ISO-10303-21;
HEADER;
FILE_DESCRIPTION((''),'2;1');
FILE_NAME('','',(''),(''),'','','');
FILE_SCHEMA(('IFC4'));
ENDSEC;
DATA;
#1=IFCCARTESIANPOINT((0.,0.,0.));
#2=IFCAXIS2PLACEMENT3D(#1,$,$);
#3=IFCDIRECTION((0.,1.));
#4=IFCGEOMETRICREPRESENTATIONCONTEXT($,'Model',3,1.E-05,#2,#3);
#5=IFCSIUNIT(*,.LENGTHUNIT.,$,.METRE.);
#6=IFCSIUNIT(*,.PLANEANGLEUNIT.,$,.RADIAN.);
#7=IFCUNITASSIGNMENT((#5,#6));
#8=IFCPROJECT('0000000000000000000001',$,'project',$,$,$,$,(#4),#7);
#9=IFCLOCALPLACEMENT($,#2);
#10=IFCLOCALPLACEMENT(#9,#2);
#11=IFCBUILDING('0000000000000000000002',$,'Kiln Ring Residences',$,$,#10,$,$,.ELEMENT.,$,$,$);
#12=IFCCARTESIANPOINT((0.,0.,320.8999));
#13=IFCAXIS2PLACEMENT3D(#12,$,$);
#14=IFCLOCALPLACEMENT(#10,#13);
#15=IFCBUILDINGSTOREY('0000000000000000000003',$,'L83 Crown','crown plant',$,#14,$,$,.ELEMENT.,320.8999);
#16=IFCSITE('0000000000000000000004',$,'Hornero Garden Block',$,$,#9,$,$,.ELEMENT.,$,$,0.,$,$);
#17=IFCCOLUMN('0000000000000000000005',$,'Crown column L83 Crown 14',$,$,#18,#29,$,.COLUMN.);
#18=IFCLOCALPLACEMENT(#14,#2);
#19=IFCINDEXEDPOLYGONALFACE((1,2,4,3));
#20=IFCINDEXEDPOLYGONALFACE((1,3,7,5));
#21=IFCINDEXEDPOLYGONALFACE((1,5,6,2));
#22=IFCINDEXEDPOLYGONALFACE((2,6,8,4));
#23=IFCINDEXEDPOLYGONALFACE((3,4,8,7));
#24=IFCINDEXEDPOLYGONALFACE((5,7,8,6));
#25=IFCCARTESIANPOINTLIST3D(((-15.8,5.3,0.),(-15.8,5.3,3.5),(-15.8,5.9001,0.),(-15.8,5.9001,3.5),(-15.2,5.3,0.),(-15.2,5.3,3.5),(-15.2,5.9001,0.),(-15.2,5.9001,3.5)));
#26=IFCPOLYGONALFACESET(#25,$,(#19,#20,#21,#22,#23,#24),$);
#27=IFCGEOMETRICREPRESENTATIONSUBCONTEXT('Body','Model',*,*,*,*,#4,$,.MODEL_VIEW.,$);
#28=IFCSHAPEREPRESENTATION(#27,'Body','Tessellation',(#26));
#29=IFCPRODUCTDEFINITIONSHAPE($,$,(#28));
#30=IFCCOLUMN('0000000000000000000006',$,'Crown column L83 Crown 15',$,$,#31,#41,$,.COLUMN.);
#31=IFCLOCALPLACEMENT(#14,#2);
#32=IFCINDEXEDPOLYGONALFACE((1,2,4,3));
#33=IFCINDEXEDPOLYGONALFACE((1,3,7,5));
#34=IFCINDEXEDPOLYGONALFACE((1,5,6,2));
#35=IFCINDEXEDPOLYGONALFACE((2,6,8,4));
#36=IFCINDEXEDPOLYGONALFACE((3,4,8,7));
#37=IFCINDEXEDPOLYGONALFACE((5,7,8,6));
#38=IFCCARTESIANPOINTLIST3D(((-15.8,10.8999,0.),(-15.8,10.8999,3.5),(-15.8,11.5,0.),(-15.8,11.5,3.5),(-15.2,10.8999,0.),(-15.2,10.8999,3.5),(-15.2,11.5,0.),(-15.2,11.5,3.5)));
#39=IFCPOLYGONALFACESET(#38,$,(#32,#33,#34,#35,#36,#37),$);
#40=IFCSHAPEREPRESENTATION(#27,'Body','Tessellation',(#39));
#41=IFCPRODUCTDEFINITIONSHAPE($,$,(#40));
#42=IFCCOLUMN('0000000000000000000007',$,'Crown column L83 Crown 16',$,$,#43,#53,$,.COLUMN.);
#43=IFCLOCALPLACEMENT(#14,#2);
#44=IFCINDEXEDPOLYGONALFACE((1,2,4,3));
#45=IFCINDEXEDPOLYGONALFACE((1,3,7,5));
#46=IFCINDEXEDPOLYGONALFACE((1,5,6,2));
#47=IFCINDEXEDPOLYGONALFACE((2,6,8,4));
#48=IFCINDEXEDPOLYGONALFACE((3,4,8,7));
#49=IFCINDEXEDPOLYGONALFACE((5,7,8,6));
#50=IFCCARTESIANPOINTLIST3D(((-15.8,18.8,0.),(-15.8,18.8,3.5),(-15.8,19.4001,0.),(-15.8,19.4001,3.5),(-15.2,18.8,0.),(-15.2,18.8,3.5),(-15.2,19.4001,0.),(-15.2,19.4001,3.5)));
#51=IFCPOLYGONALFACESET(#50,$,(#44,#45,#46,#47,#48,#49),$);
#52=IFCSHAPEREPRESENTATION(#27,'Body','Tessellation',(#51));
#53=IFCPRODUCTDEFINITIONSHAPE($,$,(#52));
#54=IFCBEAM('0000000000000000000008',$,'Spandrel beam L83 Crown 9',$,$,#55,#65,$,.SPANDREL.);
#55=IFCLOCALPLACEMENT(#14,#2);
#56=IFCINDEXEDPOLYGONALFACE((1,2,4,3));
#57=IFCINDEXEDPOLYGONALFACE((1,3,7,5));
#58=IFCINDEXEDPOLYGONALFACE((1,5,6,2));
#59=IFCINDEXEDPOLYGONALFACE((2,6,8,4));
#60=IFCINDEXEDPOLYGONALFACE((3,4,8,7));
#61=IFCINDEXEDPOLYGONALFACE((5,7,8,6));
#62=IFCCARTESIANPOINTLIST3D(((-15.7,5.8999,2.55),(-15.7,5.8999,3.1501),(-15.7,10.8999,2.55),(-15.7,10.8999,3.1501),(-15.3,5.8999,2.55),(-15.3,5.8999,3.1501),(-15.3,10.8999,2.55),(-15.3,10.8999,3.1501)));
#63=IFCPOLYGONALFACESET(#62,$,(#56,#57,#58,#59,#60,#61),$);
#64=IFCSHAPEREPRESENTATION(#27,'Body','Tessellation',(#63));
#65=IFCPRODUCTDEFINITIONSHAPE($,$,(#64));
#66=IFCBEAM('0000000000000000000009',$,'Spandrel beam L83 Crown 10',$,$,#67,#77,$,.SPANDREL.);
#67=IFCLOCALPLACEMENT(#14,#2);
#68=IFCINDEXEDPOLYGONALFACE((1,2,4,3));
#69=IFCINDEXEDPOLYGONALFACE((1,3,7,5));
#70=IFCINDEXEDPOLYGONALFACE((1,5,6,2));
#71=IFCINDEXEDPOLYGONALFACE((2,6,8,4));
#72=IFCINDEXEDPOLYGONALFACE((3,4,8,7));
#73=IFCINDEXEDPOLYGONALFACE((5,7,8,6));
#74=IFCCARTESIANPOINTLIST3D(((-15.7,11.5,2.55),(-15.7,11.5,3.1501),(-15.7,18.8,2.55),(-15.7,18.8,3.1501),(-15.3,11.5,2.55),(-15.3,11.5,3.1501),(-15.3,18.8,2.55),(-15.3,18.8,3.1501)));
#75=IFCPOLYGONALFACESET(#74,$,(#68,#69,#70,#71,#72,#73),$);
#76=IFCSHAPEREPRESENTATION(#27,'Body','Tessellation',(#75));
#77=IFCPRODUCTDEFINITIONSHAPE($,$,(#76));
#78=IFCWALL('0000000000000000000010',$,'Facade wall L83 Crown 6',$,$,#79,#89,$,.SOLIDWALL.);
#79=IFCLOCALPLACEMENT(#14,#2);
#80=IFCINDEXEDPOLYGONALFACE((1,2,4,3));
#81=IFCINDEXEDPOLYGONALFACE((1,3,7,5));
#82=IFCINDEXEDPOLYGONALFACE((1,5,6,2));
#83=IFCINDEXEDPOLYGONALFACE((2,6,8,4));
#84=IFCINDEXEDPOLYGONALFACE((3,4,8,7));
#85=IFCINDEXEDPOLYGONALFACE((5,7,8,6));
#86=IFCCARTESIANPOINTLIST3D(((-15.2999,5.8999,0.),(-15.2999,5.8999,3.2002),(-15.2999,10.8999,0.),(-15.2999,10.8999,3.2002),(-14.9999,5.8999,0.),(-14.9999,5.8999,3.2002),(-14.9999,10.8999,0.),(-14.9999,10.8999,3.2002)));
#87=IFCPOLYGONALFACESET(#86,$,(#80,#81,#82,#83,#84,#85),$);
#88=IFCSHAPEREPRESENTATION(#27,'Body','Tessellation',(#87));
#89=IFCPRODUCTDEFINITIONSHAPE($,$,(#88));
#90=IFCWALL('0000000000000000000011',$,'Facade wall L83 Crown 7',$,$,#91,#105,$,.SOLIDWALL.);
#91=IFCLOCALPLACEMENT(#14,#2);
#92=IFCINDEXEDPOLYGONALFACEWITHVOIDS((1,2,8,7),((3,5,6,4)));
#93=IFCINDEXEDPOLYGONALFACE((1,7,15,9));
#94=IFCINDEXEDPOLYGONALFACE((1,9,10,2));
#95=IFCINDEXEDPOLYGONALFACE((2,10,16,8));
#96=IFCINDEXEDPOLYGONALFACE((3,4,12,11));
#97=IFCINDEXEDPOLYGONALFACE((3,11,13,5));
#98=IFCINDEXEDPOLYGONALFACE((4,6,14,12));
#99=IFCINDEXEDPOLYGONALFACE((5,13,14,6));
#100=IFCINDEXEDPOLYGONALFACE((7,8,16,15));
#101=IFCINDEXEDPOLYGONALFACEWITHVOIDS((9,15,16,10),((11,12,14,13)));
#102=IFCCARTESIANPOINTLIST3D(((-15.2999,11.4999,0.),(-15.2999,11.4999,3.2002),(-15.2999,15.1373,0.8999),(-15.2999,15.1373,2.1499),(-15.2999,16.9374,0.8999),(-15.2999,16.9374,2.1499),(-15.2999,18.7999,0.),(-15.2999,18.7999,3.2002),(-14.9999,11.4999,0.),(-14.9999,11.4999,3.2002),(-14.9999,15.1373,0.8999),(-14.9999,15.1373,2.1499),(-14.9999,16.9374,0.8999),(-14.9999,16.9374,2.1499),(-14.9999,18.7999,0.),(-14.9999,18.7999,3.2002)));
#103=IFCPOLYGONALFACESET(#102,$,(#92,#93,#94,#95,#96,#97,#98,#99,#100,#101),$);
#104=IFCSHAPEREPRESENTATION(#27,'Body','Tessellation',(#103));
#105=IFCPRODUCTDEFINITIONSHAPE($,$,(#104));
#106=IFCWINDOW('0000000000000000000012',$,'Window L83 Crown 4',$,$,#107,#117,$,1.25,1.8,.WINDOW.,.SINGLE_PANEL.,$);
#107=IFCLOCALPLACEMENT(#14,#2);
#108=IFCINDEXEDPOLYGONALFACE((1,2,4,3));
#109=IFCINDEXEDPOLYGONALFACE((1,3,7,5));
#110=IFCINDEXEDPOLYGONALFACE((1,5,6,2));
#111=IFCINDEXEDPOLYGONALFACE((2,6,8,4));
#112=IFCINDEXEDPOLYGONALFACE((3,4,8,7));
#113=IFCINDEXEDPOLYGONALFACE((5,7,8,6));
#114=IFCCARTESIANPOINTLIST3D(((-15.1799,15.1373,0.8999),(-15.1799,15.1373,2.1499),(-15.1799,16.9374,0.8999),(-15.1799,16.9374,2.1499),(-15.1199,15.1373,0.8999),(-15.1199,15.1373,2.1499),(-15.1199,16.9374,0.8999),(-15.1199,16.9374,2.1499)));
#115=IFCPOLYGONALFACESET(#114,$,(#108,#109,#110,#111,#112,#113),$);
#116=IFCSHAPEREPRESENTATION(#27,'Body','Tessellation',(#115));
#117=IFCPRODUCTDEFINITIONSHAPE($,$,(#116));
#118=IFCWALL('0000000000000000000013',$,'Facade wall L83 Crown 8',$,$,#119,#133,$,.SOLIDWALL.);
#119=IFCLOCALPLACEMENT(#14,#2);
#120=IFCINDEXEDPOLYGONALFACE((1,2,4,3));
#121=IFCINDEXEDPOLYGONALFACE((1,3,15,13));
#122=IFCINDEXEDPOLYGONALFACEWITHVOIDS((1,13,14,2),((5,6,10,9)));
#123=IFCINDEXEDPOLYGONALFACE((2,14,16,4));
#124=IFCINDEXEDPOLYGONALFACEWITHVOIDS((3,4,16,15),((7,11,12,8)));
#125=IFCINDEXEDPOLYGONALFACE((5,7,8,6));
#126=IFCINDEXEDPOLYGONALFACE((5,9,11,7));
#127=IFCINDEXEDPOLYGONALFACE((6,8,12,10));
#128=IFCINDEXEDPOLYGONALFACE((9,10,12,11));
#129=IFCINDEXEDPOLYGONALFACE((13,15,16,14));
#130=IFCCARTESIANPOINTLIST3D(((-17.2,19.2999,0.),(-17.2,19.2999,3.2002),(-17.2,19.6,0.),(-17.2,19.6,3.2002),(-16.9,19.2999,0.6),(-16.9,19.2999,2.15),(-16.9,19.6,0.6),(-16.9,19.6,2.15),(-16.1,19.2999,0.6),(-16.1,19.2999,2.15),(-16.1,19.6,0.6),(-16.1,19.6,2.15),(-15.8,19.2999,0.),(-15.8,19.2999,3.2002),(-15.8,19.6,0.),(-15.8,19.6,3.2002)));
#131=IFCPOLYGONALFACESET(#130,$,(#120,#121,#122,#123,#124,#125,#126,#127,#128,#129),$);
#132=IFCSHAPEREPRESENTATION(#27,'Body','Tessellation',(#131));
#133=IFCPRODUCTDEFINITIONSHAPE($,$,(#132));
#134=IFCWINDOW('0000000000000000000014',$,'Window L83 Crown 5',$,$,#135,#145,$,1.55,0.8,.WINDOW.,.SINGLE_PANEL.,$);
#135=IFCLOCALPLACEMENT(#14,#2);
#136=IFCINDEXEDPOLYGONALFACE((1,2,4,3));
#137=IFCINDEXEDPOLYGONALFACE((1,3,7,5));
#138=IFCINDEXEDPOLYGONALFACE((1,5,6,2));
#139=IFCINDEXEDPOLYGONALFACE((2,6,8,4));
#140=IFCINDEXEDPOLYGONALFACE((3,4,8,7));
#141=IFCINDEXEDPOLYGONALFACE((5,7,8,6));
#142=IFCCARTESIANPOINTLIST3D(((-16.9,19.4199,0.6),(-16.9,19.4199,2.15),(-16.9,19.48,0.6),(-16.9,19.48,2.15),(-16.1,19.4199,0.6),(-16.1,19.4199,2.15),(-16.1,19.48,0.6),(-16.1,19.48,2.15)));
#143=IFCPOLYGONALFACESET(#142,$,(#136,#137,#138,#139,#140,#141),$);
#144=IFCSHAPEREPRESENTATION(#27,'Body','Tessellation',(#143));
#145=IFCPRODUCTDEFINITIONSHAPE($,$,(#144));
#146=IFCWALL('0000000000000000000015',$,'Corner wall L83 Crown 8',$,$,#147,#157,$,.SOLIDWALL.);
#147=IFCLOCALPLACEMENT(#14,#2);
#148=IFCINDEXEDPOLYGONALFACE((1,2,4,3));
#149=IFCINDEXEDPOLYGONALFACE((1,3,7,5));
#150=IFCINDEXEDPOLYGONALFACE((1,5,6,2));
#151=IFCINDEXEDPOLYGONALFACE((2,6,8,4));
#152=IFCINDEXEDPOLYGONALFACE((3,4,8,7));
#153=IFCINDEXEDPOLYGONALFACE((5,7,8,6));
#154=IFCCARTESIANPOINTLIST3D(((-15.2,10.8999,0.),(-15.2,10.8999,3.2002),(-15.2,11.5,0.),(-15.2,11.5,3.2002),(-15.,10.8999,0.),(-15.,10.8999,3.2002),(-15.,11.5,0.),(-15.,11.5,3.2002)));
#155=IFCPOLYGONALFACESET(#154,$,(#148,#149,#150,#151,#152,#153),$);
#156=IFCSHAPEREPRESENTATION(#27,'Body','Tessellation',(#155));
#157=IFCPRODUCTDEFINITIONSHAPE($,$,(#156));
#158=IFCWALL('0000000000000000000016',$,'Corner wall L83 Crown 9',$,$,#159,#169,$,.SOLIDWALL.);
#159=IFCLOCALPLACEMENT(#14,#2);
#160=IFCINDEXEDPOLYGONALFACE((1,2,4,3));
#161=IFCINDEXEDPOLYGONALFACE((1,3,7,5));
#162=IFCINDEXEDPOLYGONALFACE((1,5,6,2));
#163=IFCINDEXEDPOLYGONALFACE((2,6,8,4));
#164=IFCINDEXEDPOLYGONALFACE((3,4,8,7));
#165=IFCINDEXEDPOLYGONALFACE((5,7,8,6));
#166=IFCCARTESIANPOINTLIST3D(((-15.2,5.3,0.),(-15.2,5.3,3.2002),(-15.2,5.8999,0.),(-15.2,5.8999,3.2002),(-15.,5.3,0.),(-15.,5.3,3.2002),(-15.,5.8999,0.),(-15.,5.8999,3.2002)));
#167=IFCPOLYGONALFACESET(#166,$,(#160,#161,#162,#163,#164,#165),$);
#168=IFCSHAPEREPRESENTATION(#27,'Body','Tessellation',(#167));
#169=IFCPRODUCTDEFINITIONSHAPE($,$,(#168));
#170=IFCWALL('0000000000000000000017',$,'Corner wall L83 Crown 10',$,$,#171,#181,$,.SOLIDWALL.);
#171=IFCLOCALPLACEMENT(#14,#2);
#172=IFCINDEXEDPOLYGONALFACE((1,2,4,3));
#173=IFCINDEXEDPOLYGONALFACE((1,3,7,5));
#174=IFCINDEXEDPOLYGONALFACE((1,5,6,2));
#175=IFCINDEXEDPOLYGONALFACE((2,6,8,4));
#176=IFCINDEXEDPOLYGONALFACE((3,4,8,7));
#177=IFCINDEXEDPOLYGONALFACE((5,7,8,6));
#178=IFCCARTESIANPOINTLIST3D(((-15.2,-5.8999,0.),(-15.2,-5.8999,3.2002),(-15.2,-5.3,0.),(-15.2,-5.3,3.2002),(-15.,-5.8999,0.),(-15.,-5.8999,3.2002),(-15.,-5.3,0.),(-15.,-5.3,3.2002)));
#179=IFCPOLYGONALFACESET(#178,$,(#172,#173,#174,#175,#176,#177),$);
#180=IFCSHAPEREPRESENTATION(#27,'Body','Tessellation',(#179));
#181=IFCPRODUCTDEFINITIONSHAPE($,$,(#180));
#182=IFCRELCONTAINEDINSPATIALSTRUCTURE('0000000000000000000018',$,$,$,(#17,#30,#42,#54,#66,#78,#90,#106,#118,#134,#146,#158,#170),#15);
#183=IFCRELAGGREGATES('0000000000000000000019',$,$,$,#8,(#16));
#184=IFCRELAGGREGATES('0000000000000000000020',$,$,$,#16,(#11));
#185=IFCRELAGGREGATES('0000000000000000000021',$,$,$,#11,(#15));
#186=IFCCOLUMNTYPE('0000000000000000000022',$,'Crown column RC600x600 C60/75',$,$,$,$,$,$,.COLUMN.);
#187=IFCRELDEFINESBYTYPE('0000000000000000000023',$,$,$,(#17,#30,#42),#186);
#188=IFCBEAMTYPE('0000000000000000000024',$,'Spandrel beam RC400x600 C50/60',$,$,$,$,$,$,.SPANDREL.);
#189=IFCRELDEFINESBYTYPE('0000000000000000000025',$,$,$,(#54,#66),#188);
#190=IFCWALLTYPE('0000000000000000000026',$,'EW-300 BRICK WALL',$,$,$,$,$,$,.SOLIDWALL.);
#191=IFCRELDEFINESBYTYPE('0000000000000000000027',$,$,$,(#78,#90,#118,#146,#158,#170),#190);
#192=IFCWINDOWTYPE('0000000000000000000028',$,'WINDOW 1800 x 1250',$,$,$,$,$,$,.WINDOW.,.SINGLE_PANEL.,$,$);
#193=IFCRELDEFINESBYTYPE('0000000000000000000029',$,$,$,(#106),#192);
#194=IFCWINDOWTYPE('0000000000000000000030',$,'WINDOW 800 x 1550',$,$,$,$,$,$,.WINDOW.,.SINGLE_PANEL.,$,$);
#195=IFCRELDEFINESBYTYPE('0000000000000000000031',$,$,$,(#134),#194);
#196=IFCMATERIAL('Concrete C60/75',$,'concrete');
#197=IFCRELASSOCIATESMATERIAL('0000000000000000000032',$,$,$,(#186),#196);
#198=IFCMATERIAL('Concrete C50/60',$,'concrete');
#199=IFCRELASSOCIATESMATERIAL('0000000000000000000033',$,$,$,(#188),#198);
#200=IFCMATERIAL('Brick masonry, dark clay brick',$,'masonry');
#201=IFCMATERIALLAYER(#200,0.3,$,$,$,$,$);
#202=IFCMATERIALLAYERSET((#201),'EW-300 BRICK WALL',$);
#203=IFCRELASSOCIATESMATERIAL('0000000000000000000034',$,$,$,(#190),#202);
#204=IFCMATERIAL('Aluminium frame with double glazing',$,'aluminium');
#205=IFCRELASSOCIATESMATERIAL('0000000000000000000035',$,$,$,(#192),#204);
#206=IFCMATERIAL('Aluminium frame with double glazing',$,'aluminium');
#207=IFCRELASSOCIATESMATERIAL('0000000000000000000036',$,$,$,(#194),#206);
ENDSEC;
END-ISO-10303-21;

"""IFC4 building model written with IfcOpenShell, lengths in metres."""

from ifc_helpers import new_model, si_unit, direction, frame, frame_2d, origin, origin_2d, place, context, subcontext, project, spatial, polyline, rectangle, outline, extrude, material, layer, layer_set, material_profile, profile_set, type_object, element, fill, save


model = new_model("IFC4")

# Units and contexts
model_context = context("Model", 3, precision=1e-05, world=origin(), true_north=direction((0.0, 1.0)))
body_context = subcontext(model_context, "Body", "Model", "MODEL_VIEW")
ifc_project = project(units=[si_unit("LENGTHUNIT", "METRE"), si_unit("PLANEANGLEUNIT", "RADIAN")], contexts=[model_context])

# Site, building, storey
site_placement = place(None, origin())
site = spatial("IfcSite", under=ifc_project, at=site_placement, Name="Hornero Garden Block", CompositionType="ELEMENT", RefElevation=0.0)
building_placement = place(site_placement, origin())
building = spatial("IfcBuilding", under=site, at=building_placement, Name="Kiln Ring Residences", CompositionType="ELEMENT")
storey_placement = place(building_placement, frame((0.0, 0.0, 320.8999)))
storey = spatial("IfcBuildingStorey", under=building, at=storey_placement, Name="L83 Crown", Description="crown plant", CompositionType="ELEMENT", Elevation=320.8999)

# Columns
ifc_material_1 = material(Name="Concrete C60/75", Category="concrete")
ifc_material_profile_1 = material_profile(ifc_material_1, rectangle(XDim=0.6001, YDim=0.6001, at=origin_2d()), Name="RC600x600")
ifc_profile_set_1 = profile_set([ifc_material_profile_1], Name="Concrete C60/75")
column_type = type_object("IfcColumnType", Name="Crown column RC600x600 C60/75", PredefinedType="COLUMN", material=ifc_profile_set_1)
for number, where, z_axis, x_axis, name in (
    (1, (-15.5, 5.6001, 0.0), (0.0, 0.0, 1.0), (1.0, 0.0, 0.0), "Crown column L83 Crown 14"),
    (2, (-15.5, 11.2, 0.0), (0.0, 0.0, 1.0), (1.0, 0.0, 0.0), "Crown column L83 Crown 15"),
    (3, (-15.5, 19.1001, 0.0), (0.0, 0.0, 1.0), (1.0, 0.0, 0.0), "Crown column L83 Crown 16"),
):
    element("IfcColumn", number, at=place(storey_placement, frame(where, z_axis=z_axis, x_axis=x_axis)), inside=storey, type_object=column_type, Name=name, PredefinedType="COLUMN", context=body_context, shape_type="SweptSolid", body=[
        extrude(rectangle(XDim=0.6001, YDim=0.6001, at=origin_2d()), origin(), (0.0, 0.0, 1.0), 3.5),
    ])

# Beams
ifc_material_2 = material(Name="Concrete C50/60", Category="concrete")
ifc_material_profile_2 = material_profile(ifc_material_2, rectangle(XDim=0.3999, YDim=0.6001, at=origin_2d()), Name="RC400x600")
ifc_profile_set_2 = profile_set([ifc_material_profile_2], Name="Concrete C50/60")
beam_type = type_object("IfcBeamType", Name="Spandrel beam RC400x600 C50/60", PredefinedType="SPANDREL", material=ifc_profile_set_2)
beam_1_placement = place(storey_placement, frame((-15.5, 5.8999, 2.8501), z_axis=(0.0, 1.0, 0.0), x_axis=(-1.0, 0.0, 0.0)))
element("IfcBeam", 4, at=beam_1_placement, inside=storey, type_object=beam_type, Name="Spandrel beam L83 Crown 9", PredefinedType="SPANDREL", context=body_context, shape_type="SweptSolid", body=[
    extrude(rectangle(XDim=0.3999, YDim=0.6001, at=origin_2d()), origin(), (0.0, 0.0, 1.0), 5.0),
])
beam_2_placement = place(storey_placement, frame((-15.5, 11.5, 2.8501), z_axis=(0.0, 1.0, 0.0), x_axis=(-1.0, 0.0, 0.0)))
element("IfcBeam", 5, at=beam_2_placement, inside=storey, type_object=beam_type, Name="Spandrel beam L83 Crown 10", PredefinedType="SPANDREL", context=body_context, shape_type="SweptSolid", body=[
    extrude(rectangle(XDim=0.3999, YDim=0.6001, at=origin_2d()), origin(), (0.0, 0.0, 1.0), 7.3),
])

# Wall
ifc_material_3 = material(Name="Brick masonry, dark clay brick", Category="masonry")
ifc_layer_1 = layer(ifc_material_3, 0.3)
ifc_layer_set_1 = layer_set([ifc_layer_1], Name="EW-300 BRICK WALL")
wall_type = type_object("IfcWallType", Name="EW-300 BRICK WALL", PredefinedType="SOLIDWALL", material=ifc_layer_set_1)
wall_1_placement = place(storey_placement, frame((-15.1499, 5.8999, 0.0), z_axis=(0.0, 0.0, 1.0), x_axis=(0.0, 1.0, 0.0)))
element("IfcWall", 6, at=wall_1_placement, inside=storey, type_object=wall_type, Name="Facade wall L83 Crown 6", PredefinedType="SOLIDWALL", context=body_context, shape_type="SweptSolid", body=[
    extrude(rectangle(XDim=5.0, YDim=0.3, at=frame_2d((2.5, 0.0))), origin(), (0.0, 0.0, 1.0), 3.2002),
])

# Walls, openings, windows
wall_2_placement = place(storey_placement, frame((-15.1499, 11.5, 0.0), z_axis=(0.0, 0.0, 1.0), x_axis=(0.0, 1.0, 0.0)))
wall_2 = element("IfcWall", 7, at=wall_2_placement, inside=storey, type_object=wall_type, Name="Facade wall L83 Crown 7", PredefinedType="SOLIDWALL", context=body_context, shape_type="SweptSolid", body=[
    extrude(rectangle(XDim=7.3, YDim=0.3, at=frame_2d((3.6499, 0.0))), origin(), (0.0, 0.0, 1.0), 3.2002),
])
opening_1_placement = place(wall_2_placement, frame((3.6375, 0.0, 0.8999)))
opening_1 = element("IfcOpeningElement", 8, at=opening_1_placement, cuts=wall_2, PredefinedType="OPENING", context=body_context, shape_type="SweptSolid", body=[
    extrude(rectangle(XDim=1.8, YDim=1.25, at=frame_2d((0.8999, 0.625))), frame((0.0, 0.1599, 0.0), z_axis=(0.0, -1.0, 0.0), x_axis=(1.0, 0.0, 0.0)), (0.0, 0.0, 1.0), 0.3201),
])
ifc_material_4 = material(Name="Aluminium frame with double glazing", Category="aluminium")
window_type_1 = type_object("IfcWindowType", Name="WINDOW 1800 x 1250", PartitioningType="SINGLE_PANEL", PredefinedType="WINDOW", material=ifc_material_4)
window_1_placement = place(opening_1_placement, origin())
window_1 = element("IfcWindow", 9, at=window_1_placement, inside=storey, type_object=window_type_1, Name="Window L83 Crown 4", OverallHeight=1.25, OverallWidth=1.8, PartitioningType="SINGLE_PANEL", PredefinedType="WINDOW", context=body_context, shape_type="SweptSolid", body=[
    extrude(rectangle(XDim=1.8, YDim=1.25, at=frame_2d((0.8999, 0.625))), frame((0.0, 0.03, 0.0), z_axis=(0.0, -1.0, 0.0), x_axis=(1.0, 0.0, 0.0)), (0.0, 0.0, 1.0), 0.0601),
])
fill(opening_1, window_1)
wall_3_placement = place(storey_placement, frame((-15.8, 19.45, 0.0), z_axis=(0.0, 0.0, 1.0), x_axis=(-1.0, 0.0, 0.0)))
wall_3 = element("IfcWall", 10, at=wall_3_placement, inside=storey, type_object=wall_type, Name="Facade wall L83 Crown 8", PredefinedType="SOLIDWALL", context=body_context, shape_type="SweptSolid", body=[
    extrude(rectangle(XDim=1.3999, YDim=0.3, at=frame_2d((0.7, 0.0))), origin(), (0.0, 0.0, 1.0), 3.2002),
])
opening_2_placement = place(wall_3_placement, frame((0.3, 0.0, 0.6001)))
opening_2 = element("IfcOpeningElement", 11, at=opening_2_placement, cuts=wall_3, PredefinedType="OPENING", context=body_context, shape_type="SweptSolid", body=[
    extrude(rectangle(XDim=0.8, YDim=1.55, at=frame_2d((0.3999, 0.7749))), frame((0.0, 0.1599, 0.0), z_axis=(0.0, -1.0, 0.0), x_axis=(1.0, 0.0, 0.0)), (0.0, 0.0, 1.0), 0.3201),
])
ifc_material_5 = material(Name="Aluminium frame with double glazing", Category="aluminium")
window_type_2 = type_object("IfcWindowType", Name="WINDOW 800 x 1550", PartitioningType="SINGLE_PANEL", PredefinedType="WINDOW", material=ifc_material_5)
window_2_placement = place(opening_2_placement, origin())
window_2 = element("IfcWindow", 12, at=window_2_placement, inside=storey, type_object=window_type_2, Name="Window L83 Crown 5", OverallHeight=1.55, OverallWidth=0.8, PartitioningType="SINGLE_PANEL", PredefinedType="WINDOW", context=body_context, shape_type="SweptSolid", body=[
    extrude(rectangle(XDim=0.8, YDim=1.55, at=frame_2d((0.3999, 0.7749))), frame((0.0, 0.03, 0.0), z_axis=(0.0, -1.0, 0.0), x_axis=(1.0, 0.0, 0.0)), (0.0, 0.0, 1.0), 0.0601),
])
fill(opening_2, window_2)

# Walls
placement = place(storey_placement, origin())
element("IfcWall", 13, at=placement, inside=storey, type_object=wall_type, Name="Corner wall L83 Crown 8", PredefinedType="SOLIDWALL", context=body_context, shape_type="SweptSolid", body=[
    extrude(outline(polyline([(-15.2, 10.8999), (-15.0, 10.8999), (-15.0, 11.5), (-15.2, 11.5), (-15.2, 10.8999)])), origin(), (0.0, 0.0, 1.0), 3.2002),
])
element("IfcWall", 14, at=placement, inside=storey, type_object=wall_type, Name="Corner wall L83 Crown 9", PredefinedType="SOLIDWALL", context=body_context, shape_type="SweptSolid", body=[
    extrude(outline(polyline([(-15.2, 5.3), (-15.0, 5.3), (-15.0, 5.8999), (-15.3, 5.8999), (-15.2, 5.8999), (-15.2, 5.3)])), origin(), (0.0, 0.0, 1.0), 3.2002),
])
element("IfcWall", 15, at=placement, inside=storey, type_object=wall_type, Name="Corner wall L83 Crown 10", PredefinedType="SOLIDWALL", context=body_context, shape_type="SweptSolid", body=[
    extrude(outline(polyline([(-15.3, -5.8999), (-15.0, -5.8999), (-15.0, -5.3), (-15.3, -5.3), (-15.2, -5.3), (-15.2, -5.8999), (-15.3, -5.8999)])), origin(), (0.0, 0.0, 1.0), 3.2002),
])

save(model, "model.ifc")
